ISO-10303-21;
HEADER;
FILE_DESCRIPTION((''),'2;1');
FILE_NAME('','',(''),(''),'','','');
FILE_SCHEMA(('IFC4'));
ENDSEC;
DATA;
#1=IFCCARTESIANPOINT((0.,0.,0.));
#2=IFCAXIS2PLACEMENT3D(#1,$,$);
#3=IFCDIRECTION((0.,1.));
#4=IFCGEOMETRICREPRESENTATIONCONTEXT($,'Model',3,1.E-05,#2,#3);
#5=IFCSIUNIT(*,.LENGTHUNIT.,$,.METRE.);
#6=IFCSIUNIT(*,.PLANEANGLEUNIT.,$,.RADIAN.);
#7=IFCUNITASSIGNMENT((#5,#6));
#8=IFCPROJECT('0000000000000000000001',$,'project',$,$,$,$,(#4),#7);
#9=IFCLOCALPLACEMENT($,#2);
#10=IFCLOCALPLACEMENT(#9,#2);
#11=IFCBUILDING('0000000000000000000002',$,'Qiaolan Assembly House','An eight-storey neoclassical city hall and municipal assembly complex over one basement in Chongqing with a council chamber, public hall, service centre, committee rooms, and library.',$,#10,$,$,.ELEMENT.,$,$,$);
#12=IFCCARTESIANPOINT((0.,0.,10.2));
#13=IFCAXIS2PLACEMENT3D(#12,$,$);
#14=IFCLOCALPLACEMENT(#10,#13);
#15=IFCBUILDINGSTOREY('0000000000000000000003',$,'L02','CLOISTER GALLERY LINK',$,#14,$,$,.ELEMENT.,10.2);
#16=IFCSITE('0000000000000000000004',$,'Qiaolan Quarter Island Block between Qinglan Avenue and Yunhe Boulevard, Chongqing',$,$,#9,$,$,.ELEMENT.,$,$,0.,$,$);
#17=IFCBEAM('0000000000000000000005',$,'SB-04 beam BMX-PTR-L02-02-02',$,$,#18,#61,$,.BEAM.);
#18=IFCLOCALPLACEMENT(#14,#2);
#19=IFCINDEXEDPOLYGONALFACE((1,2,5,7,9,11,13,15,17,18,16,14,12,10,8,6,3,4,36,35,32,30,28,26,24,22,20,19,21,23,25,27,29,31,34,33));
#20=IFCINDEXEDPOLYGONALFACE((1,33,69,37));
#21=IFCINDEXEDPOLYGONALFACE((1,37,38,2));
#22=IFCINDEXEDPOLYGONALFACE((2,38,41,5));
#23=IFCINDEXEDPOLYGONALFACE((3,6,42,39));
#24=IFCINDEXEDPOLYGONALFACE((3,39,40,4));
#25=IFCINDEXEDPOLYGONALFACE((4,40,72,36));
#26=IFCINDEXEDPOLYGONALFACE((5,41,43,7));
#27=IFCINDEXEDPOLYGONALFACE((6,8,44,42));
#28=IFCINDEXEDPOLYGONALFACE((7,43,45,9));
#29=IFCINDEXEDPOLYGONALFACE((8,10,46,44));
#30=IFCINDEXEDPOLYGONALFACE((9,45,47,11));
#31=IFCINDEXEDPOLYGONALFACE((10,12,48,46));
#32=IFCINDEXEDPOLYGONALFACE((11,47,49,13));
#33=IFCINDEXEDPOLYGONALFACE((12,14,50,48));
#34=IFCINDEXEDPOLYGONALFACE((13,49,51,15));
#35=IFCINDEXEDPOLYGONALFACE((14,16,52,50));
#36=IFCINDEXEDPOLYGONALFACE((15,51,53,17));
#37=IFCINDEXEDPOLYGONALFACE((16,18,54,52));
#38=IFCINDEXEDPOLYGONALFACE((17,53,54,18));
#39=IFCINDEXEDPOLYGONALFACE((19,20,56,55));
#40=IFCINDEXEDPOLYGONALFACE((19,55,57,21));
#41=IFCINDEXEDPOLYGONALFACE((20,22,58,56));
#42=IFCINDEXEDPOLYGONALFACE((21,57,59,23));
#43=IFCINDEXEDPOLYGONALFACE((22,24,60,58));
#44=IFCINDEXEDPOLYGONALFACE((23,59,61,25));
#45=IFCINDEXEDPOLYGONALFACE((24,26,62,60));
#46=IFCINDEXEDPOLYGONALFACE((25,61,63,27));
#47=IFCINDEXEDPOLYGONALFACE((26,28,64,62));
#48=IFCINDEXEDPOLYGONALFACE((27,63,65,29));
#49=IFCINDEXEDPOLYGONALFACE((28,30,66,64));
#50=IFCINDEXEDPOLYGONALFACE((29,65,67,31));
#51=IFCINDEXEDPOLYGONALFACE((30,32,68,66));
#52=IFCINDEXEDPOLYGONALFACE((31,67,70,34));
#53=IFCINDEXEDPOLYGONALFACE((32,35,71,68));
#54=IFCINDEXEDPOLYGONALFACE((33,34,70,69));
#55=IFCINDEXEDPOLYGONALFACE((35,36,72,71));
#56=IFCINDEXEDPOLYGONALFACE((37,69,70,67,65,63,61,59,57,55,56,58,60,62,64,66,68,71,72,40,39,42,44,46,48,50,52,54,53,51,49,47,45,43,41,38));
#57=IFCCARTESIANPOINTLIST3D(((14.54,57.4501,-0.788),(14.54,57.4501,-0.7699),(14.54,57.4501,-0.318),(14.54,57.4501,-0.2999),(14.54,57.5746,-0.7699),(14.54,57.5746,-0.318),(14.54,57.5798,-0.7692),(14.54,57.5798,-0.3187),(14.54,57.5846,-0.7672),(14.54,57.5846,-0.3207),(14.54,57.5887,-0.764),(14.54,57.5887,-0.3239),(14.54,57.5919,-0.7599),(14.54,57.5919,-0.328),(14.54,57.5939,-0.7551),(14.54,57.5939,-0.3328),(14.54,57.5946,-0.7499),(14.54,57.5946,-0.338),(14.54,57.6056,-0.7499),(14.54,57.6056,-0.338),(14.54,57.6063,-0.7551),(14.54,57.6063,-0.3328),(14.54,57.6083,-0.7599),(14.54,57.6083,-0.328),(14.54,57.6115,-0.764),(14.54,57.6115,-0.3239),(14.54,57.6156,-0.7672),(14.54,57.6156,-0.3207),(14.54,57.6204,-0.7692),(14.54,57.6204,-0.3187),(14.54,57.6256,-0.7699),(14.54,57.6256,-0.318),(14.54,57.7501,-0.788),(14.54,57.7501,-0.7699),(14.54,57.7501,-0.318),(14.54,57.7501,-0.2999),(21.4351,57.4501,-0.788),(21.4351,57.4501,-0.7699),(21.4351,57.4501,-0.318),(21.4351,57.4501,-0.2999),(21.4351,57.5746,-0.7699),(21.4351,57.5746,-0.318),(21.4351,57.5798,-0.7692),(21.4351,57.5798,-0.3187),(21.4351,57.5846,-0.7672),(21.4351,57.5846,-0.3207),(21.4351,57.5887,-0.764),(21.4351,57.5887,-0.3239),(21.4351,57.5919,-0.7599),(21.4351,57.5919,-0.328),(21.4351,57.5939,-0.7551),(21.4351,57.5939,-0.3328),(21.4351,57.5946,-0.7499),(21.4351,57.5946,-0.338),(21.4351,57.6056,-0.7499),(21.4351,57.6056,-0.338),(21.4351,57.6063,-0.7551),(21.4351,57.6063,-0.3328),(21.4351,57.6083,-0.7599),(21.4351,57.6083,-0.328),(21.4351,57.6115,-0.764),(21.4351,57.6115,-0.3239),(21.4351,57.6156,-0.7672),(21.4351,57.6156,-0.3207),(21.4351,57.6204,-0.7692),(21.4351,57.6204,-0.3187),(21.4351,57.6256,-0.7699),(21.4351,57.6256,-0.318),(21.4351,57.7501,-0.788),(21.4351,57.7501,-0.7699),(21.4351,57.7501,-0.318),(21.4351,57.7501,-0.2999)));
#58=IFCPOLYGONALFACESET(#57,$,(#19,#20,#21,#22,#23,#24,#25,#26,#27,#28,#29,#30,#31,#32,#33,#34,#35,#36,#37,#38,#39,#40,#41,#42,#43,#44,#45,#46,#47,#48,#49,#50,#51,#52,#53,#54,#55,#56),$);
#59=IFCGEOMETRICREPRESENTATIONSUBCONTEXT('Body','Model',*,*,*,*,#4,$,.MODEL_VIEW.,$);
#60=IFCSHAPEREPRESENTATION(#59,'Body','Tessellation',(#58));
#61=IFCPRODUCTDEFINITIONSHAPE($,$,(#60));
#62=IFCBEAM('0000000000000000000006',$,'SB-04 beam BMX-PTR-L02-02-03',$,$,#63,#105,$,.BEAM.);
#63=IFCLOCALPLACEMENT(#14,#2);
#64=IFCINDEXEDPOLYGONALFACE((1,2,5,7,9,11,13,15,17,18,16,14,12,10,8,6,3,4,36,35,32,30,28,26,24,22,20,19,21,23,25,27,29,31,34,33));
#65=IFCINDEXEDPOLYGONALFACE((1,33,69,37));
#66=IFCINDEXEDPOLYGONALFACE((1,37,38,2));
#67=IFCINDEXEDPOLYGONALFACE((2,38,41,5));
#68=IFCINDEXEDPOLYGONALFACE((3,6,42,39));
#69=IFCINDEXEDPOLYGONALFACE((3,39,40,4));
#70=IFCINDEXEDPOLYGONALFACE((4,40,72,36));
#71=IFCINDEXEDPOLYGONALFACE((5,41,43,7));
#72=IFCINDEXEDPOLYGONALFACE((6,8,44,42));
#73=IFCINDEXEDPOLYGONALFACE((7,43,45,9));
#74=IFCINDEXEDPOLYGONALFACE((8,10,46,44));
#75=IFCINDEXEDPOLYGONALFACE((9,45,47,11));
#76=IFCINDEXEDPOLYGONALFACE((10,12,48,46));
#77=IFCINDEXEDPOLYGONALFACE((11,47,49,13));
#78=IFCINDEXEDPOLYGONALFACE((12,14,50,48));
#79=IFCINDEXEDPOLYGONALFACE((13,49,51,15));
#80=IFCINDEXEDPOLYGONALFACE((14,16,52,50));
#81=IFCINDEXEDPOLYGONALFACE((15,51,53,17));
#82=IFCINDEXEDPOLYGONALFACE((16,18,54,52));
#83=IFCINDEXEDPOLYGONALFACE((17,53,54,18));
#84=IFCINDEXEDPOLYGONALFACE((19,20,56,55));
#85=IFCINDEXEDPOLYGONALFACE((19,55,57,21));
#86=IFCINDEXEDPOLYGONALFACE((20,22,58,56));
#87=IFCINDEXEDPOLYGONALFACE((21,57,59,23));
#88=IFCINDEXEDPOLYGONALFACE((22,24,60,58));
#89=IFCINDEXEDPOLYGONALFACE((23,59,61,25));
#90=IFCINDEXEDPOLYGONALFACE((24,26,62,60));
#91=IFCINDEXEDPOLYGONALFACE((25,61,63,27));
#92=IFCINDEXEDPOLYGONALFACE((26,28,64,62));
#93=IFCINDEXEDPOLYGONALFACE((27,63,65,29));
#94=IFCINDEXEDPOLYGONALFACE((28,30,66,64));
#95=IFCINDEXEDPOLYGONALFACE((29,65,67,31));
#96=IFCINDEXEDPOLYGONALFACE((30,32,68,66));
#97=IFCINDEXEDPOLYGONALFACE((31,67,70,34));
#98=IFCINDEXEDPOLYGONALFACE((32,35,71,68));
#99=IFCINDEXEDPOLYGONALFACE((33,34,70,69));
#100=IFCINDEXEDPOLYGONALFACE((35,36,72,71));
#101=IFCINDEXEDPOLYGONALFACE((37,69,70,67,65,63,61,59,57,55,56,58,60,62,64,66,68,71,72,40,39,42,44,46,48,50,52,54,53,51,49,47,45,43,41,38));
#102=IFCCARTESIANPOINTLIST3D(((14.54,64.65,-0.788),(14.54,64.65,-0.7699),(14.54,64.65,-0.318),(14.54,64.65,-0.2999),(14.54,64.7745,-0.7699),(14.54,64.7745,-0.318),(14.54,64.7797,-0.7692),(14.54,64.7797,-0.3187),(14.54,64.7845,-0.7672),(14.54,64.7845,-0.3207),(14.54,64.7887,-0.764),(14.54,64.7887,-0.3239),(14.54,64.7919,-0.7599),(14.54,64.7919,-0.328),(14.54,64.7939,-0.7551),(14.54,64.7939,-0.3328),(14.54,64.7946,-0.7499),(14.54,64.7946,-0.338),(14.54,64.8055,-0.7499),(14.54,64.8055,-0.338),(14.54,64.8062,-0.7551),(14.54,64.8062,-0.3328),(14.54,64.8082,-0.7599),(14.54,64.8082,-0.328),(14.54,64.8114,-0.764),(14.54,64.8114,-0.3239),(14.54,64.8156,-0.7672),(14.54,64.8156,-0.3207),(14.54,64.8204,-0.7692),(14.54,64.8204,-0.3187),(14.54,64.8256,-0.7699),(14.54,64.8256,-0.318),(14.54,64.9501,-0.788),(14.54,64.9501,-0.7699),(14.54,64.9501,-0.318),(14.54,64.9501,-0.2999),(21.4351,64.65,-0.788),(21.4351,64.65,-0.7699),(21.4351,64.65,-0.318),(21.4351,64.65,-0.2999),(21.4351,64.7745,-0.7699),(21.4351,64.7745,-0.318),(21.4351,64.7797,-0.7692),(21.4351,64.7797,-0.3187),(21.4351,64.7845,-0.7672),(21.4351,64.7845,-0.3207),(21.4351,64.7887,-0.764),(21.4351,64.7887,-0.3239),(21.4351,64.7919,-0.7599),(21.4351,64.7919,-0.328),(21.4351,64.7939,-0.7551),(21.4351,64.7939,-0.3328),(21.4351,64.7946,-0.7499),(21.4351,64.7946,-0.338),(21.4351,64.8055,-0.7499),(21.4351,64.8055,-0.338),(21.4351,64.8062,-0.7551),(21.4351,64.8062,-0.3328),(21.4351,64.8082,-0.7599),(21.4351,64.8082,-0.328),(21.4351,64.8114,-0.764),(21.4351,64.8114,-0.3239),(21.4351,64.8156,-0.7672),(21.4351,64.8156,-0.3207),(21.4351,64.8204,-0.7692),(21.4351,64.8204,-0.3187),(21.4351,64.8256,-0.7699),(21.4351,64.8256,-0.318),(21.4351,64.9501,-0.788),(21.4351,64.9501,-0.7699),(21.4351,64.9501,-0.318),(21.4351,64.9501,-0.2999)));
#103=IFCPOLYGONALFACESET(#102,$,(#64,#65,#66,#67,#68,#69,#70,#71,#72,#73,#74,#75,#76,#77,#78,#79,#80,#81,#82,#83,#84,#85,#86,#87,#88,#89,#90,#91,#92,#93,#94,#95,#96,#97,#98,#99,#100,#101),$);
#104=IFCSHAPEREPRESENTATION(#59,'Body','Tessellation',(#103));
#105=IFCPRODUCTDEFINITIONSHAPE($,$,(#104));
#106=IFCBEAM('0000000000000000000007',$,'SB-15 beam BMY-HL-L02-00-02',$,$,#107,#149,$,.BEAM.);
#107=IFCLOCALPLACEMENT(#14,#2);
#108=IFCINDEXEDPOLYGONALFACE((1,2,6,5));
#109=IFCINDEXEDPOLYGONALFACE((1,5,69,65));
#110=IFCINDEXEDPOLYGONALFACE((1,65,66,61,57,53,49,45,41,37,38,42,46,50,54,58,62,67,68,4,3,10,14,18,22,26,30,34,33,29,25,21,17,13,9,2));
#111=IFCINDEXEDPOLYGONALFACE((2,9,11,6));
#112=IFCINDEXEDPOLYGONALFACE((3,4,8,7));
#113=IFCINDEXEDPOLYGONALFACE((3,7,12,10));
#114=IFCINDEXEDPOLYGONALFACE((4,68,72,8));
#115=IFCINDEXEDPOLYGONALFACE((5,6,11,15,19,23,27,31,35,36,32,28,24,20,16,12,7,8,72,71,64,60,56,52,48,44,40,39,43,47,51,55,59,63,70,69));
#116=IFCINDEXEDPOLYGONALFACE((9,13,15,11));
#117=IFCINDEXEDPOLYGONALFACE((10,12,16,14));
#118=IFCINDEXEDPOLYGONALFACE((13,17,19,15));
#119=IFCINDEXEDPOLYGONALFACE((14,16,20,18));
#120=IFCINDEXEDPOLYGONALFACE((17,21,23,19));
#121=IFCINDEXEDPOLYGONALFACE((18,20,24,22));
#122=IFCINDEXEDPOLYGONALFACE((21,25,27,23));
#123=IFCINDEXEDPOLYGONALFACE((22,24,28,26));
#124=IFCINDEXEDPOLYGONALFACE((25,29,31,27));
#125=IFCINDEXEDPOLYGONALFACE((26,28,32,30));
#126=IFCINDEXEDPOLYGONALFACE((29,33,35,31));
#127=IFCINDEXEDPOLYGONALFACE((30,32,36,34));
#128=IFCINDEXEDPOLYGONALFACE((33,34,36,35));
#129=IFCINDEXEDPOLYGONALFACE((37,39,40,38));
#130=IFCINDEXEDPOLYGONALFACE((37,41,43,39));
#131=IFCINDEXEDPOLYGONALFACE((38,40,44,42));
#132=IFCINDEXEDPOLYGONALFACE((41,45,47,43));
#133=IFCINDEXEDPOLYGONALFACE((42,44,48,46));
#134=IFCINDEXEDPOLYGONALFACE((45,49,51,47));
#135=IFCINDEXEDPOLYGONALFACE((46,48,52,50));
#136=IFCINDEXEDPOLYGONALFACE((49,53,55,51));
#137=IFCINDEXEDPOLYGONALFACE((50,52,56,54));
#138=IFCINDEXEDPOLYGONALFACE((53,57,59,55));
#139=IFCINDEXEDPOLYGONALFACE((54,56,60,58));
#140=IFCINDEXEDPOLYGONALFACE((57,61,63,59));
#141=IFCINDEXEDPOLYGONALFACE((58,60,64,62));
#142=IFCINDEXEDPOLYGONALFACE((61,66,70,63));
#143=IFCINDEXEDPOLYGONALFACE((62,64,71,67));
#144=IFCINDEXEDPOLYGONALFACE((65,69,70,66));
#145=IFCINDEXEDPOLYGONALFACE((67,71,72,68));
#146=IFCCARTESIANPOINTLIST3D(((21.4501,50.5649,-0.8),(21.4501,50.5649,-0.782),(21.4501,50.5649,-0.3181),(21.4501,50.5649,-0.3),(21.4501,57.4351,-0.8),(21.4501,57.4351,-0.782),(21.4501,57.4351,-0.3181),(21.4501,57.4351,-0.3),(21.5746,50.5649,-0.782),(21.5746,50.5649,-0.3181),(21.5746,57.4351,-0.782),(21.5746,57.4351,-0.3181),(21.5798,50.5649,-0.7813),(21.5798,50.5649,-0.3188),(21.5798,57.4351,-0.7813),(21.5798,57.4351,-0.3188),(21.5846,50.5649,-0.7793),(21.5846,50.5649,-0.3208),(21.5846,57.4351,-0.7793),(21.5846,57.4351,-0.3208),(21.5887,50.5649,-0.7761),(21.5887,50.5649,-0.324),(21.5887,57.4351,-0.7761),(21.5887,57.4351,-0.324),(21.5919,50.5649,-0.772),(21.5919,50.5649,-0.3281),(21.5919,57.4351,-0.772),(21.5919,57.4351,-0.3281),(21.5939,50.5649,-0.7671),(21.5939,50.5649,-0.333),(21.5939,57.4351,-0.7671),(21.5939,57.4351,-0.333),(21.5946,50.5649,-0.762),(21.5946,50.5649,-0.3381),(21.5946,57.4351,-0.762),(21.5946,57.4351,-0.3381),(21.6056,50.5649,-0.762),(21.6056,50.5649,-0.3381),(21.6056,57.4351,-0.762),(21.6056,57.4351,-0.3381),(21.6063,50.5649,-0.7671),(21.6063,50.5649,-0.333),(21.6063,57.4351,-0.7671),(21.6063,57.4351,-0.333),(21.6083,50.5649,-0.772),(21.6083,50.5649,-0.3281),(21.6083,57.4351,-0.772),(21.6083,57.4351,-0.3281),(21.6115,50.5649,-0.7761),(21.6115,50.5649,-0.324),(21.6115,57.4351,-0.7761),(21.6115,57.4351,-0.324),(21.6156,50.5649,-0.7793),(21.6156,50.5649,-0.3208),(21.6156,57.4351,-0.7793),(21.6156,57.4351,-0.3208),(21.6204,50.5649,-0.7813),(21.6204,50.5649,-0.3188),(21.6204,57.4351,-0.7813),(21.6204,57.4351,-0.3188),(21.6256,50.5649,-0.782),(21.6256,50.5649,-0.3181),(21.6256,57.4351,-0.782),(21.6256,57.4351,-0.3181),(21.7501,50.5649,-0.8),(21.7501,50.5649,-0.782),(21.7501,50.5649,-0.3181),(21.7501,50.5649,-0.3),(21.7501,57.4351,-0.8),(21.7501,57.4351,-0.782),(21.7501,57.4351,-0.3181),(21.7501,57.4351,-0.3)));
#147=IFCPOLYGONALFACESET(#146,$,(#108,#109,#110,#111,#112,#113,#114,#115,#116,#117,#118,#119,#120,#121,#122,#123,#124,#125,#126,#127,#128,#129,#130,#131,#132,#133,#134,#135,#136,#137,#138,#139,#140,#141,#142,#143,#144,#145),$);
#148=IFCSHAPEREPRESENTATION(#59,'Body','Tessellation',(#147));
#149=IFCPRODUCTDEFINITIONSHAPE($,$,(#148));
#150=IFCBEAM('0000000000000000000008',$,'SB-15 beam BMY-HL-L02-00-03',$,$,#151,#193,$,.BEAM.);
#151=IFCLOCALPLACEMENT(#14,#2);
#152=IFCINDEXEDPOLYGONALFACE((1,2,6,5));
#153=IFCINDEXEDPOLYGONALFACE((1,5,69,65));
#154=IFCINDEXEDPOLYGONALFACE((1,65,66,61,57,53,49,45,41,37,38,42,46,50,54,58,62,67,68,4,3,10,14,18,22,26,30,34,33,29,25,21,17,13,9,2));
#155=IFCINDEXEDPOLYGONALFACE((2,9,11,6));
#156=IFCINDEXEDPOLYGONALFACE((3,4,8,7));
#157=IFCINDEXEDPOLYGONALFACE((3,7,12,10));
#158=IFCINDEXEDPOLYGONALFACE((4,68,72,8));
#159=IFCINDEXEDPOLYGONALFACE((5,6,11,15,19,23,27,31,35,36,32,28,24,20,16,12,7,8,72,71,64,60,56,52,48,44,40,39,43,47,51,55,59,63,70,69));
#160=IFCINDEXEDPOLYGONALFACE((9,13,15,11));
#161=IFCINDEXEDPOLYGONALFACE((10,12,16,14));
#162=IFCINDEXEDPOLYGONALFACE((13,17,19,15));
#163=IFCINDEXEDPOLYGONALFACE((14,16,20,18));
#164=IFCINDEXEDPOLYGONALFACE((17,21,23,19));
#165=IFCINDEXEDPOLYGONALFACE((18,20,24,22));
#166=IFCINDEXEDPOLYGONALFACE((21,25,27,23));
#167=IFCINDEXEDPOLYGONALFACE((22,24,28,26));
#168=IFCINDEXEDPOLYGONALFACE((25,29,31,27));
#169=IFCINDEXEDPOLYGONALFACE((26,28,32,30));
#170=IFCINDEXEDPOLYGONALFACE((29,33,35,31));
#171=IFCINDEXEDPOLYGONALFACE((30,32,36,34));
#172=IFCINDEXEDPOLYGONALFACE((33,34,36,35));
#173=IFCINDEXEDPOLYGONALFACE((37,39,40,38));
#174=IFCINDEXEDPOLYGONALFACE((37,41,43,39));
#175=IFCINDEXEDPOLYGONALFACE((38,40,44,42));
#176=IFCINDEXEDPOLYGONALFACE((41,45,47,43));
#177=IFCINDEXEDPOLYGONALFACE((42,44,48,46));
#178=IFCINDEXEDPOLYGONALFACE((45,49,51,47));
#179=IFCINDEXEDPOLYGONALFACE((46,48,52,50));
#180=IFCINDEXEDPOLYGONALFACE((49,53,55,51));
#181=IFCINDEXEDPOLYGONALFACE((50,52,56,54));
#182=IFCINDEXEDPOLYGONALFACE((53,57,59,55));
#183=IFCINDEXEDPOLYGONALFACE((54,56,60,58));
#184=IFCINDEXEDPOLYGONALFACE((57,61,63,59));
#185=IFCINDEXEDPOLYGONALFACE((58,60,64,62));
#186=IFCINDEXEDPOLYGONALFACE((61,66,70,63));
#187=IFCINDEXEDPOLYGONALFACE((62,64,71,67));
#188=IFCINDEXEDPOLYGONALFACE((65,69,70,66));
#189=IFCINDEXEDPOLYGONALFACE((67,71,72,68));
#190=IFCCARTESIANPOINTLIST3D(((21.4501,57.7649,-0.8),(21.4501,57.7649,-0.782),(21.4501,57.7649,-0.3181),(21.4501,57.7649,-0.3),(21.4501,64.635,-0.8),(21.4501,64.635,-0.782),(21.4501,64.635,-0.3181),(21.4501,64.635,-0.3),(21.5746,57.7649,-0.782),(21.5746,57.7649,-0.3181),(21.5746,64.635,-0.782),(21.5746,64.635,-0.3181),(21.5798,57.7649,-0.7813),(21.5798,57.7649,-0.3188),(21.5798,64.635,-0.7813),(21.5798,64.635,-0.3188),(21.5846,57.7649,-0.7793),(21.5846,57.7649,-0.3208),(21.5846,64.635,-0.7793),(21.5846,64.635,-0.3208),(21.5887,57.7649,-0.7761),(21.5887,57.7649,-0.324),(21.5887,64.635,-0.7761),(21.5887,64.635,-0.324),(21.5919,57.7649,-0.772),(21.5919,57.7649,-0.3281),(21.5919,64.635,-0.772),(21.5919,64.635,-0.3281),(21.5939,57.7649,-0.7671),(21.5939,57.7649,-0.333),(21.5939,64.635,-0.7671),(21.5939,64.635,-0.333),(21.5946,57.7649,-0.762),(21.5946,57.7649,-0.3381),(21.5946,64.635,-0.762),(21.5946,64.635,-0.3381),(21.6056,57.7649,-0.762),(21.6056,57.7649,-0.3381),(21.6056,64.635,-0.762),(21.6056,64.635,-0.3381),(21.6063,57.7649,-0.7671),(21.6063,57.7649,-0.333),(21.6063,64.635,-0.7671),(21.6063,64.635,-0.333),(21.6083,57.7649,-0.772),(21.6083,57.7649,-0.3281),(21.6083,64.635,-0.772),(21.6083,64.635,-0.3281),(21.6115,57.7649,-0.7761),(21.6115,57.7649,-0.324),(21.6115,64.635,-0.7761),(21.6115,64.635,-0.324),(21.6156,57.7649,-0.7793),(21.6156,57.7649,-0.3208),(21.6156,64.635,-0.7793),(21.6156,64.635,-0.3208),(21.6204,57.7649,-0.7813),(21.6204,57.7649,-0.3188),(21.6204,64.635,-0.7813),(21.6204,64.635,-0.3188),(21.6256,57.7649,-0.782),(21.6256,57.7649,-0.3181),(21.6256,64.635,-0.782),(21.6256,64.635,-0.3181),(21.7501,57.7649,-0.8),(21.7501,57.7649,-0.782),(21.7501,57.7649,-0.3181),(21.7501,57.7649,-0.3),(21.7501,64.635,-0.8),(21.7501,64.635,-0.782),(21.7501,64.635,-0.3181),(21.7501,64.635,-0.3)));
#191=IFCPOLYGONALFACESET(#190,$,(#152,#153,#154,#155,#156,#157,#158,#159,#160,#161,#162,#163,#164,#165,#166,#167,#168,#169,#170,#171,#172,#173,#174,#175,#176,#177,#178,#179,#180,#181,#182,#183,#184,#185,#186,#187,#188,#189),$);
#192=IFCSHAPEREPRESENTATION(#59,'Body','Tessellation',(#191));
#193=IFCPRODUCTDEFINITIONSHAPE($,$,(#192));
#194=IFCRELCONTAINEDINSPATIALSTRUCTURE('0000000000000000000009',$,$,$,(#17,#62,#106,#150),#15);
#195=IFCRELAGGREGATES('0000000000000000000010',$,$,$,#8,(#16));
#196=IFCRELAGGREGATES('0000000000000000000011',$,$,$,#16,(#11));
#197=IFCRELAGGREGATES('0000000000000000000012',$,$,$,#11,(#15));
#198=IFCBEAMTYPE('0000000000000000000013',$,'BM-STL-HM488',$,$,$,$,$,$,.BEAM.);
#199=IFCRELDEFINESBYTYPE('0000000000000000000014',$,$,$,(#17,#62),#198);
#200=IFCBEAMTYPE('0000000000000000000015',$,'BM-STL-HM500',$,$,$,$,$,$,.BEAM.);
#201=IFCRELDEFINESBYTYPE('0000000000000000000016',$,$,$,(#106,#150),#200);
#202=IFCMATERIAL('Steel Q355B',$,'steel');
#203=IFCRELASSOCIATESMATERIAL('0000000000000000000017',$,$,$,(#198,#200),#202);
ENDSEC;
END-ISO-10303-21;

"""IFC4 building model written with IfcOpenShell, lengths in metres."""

from ifc_helpers import new_model, si_unit, direction, frame, origin, origin_2d, place, context, subcontext, project, spatial, i_section, extrude, material, material_profile, profile_set, type_object, element, save


model = new_model("IFC4")

# Units and contexts
model_context = context("Model", 3, precision=1e-05, world=origin(), true_north=direction((0.0, 1.0)))
body_context = subcontext(model_context, "Body", "Model", "MODEL_VIEW")
ifc_project = project(units=[si_unit("LENGTHUNIT", "METRE"), si_unit("PLANEANGLEUNIT", "RADIAN")], contexts=[model_context])

# Site, building, storey
site_placement = place(None, origin())
site = spatial("IfcSite", under=ifc_project, at=site_placement, Name="Qiaolan Quarter Island Block between Qinglan Avenue and Yunhe Boulevard, Chongqing", CompositionType="ELEMENT", RefElevation=0.0)
building_placement = place(site_placement, origin())
building = spatial("IfcBuilding", under=site, at=building_placement, Name="Qiaolan Assembly House", Description="An eight-storey neoclassical city hall and municipal assembly complex over one basement in Chongqing with a council chamber, public hall, service centre, committee rooms, and library.", CompositionType="ELEMENT")
storey_placement = place(building_placement, frame((0.0, 0.0, 10.2)))
storey = spatial("IfcBuildingStorey", under=building, at=storey_placement, Name="L02", Description="CLOISTER GALLERY LINK", CompositionType="ELEMENT", Elevation=10.2)

# Shared definitions
ifc_material = material(Name="Steel Q355B", Category="steel")

# Beams
ifc_material_profile_1 = material_profile(ifc_material, i_section(OverallWidth=0.3, OverallDepth=0.488, WebThickness=0.011, FlangeThickness=0.0181, FilletRadius=0.02, at=origin_2d()), Name="HM 488x300x11x18")
ifc_profile_set_1 = profile_set([ifc_material_profile_1], Name="Steel Q355B")
beam_type_1 = type_object("IfcBeamType", Name="BM-STL-HM488", PredefinedType="BEAM", material=ifc_profile_set_1)
for number, where, z_axis, x_axis, name in (
    (1, (14.54, 57.6001, -0.5439), (1.0, 0.0, 0.0), (0.0, 1.0, 0.0), "SB-04 beam BMX-PTR-L02-02-02"),
    (2, (14.54, 64.8, -0.5439), (1.0, 0.0, 0.0), (0.0, 1.0, 0.0), "SB-04 beam BMX-PTR-L02-02-03"),
):
    element("IfcBeam", number, at=place(storey_placement, frame(where, z_axis=z_axis, x_axis=x_axis)), inside=storey, type_object=beam_type_1, Name=name, PredefinedType="BEAM", context=body_context, shape_type="SweptSolid", body=[
        extrude(i_section(OverallWidth=0.3, OverallDepth=0.488, WebThickness=0.011, FlangeThickness=0.0181, FilletRadius=0.02, at=origin_2d()), origin(), (0.0, 0.0, 1.0), 6.895),
    ])
ifc_material_profile_2 = material_profile(ifc_material, i_section(OverallWidth=0.3, OverallDepth=0.5, WebThickness=0.011, FlangeThickness=0.0181, FilletRadius=0.02, at=origin_2d()), Name="HM 500x300x11x18")
ifc_profile_set_2 = profile_set([ifc_material_profile_2], Name="Steel Q355B")
beam_type_2 = type_object("IfcBeamType", Name="BM-STL-HM500", PredefinedType="BEAM", material=ifc_profile_set_2)
for number, where, z_axis, x_axis, name in (
    (3, (21.6001, 50.5649, -0.55), (0.0, 1.0, 0.0), (-1.0, 0.0, 0.0), "SB-15 beam BMY-HL-L02-00-02"),
    (4, (21.6001, 57.7649, -0.55), (0.0, 1.0, 0.0), (-1.0, 0.0, 0.0), "SB-15 beam BMY-HL-L02-00-03"),
):
    element("IfcBeam", number, at=place(storey_placement, frame(where, z_axis=z_axis, x_axis=x_axis)), inside=storey, type_object=beam_type_2, Name=name, PredefinedType="BEAM", context=body_context, shape_type="SweptSolid", body=[
        extrude(i_section(OverallWidth=0.3, OverallDepth=0.5, WebThickness=0.011, FlangeThickness=0.0181, FilletRadius=0.02, at=origin_2d()), origin(), (0.0, 0.0, 1.0), 6.8701),
    ])

save(model, "model.ifc")
